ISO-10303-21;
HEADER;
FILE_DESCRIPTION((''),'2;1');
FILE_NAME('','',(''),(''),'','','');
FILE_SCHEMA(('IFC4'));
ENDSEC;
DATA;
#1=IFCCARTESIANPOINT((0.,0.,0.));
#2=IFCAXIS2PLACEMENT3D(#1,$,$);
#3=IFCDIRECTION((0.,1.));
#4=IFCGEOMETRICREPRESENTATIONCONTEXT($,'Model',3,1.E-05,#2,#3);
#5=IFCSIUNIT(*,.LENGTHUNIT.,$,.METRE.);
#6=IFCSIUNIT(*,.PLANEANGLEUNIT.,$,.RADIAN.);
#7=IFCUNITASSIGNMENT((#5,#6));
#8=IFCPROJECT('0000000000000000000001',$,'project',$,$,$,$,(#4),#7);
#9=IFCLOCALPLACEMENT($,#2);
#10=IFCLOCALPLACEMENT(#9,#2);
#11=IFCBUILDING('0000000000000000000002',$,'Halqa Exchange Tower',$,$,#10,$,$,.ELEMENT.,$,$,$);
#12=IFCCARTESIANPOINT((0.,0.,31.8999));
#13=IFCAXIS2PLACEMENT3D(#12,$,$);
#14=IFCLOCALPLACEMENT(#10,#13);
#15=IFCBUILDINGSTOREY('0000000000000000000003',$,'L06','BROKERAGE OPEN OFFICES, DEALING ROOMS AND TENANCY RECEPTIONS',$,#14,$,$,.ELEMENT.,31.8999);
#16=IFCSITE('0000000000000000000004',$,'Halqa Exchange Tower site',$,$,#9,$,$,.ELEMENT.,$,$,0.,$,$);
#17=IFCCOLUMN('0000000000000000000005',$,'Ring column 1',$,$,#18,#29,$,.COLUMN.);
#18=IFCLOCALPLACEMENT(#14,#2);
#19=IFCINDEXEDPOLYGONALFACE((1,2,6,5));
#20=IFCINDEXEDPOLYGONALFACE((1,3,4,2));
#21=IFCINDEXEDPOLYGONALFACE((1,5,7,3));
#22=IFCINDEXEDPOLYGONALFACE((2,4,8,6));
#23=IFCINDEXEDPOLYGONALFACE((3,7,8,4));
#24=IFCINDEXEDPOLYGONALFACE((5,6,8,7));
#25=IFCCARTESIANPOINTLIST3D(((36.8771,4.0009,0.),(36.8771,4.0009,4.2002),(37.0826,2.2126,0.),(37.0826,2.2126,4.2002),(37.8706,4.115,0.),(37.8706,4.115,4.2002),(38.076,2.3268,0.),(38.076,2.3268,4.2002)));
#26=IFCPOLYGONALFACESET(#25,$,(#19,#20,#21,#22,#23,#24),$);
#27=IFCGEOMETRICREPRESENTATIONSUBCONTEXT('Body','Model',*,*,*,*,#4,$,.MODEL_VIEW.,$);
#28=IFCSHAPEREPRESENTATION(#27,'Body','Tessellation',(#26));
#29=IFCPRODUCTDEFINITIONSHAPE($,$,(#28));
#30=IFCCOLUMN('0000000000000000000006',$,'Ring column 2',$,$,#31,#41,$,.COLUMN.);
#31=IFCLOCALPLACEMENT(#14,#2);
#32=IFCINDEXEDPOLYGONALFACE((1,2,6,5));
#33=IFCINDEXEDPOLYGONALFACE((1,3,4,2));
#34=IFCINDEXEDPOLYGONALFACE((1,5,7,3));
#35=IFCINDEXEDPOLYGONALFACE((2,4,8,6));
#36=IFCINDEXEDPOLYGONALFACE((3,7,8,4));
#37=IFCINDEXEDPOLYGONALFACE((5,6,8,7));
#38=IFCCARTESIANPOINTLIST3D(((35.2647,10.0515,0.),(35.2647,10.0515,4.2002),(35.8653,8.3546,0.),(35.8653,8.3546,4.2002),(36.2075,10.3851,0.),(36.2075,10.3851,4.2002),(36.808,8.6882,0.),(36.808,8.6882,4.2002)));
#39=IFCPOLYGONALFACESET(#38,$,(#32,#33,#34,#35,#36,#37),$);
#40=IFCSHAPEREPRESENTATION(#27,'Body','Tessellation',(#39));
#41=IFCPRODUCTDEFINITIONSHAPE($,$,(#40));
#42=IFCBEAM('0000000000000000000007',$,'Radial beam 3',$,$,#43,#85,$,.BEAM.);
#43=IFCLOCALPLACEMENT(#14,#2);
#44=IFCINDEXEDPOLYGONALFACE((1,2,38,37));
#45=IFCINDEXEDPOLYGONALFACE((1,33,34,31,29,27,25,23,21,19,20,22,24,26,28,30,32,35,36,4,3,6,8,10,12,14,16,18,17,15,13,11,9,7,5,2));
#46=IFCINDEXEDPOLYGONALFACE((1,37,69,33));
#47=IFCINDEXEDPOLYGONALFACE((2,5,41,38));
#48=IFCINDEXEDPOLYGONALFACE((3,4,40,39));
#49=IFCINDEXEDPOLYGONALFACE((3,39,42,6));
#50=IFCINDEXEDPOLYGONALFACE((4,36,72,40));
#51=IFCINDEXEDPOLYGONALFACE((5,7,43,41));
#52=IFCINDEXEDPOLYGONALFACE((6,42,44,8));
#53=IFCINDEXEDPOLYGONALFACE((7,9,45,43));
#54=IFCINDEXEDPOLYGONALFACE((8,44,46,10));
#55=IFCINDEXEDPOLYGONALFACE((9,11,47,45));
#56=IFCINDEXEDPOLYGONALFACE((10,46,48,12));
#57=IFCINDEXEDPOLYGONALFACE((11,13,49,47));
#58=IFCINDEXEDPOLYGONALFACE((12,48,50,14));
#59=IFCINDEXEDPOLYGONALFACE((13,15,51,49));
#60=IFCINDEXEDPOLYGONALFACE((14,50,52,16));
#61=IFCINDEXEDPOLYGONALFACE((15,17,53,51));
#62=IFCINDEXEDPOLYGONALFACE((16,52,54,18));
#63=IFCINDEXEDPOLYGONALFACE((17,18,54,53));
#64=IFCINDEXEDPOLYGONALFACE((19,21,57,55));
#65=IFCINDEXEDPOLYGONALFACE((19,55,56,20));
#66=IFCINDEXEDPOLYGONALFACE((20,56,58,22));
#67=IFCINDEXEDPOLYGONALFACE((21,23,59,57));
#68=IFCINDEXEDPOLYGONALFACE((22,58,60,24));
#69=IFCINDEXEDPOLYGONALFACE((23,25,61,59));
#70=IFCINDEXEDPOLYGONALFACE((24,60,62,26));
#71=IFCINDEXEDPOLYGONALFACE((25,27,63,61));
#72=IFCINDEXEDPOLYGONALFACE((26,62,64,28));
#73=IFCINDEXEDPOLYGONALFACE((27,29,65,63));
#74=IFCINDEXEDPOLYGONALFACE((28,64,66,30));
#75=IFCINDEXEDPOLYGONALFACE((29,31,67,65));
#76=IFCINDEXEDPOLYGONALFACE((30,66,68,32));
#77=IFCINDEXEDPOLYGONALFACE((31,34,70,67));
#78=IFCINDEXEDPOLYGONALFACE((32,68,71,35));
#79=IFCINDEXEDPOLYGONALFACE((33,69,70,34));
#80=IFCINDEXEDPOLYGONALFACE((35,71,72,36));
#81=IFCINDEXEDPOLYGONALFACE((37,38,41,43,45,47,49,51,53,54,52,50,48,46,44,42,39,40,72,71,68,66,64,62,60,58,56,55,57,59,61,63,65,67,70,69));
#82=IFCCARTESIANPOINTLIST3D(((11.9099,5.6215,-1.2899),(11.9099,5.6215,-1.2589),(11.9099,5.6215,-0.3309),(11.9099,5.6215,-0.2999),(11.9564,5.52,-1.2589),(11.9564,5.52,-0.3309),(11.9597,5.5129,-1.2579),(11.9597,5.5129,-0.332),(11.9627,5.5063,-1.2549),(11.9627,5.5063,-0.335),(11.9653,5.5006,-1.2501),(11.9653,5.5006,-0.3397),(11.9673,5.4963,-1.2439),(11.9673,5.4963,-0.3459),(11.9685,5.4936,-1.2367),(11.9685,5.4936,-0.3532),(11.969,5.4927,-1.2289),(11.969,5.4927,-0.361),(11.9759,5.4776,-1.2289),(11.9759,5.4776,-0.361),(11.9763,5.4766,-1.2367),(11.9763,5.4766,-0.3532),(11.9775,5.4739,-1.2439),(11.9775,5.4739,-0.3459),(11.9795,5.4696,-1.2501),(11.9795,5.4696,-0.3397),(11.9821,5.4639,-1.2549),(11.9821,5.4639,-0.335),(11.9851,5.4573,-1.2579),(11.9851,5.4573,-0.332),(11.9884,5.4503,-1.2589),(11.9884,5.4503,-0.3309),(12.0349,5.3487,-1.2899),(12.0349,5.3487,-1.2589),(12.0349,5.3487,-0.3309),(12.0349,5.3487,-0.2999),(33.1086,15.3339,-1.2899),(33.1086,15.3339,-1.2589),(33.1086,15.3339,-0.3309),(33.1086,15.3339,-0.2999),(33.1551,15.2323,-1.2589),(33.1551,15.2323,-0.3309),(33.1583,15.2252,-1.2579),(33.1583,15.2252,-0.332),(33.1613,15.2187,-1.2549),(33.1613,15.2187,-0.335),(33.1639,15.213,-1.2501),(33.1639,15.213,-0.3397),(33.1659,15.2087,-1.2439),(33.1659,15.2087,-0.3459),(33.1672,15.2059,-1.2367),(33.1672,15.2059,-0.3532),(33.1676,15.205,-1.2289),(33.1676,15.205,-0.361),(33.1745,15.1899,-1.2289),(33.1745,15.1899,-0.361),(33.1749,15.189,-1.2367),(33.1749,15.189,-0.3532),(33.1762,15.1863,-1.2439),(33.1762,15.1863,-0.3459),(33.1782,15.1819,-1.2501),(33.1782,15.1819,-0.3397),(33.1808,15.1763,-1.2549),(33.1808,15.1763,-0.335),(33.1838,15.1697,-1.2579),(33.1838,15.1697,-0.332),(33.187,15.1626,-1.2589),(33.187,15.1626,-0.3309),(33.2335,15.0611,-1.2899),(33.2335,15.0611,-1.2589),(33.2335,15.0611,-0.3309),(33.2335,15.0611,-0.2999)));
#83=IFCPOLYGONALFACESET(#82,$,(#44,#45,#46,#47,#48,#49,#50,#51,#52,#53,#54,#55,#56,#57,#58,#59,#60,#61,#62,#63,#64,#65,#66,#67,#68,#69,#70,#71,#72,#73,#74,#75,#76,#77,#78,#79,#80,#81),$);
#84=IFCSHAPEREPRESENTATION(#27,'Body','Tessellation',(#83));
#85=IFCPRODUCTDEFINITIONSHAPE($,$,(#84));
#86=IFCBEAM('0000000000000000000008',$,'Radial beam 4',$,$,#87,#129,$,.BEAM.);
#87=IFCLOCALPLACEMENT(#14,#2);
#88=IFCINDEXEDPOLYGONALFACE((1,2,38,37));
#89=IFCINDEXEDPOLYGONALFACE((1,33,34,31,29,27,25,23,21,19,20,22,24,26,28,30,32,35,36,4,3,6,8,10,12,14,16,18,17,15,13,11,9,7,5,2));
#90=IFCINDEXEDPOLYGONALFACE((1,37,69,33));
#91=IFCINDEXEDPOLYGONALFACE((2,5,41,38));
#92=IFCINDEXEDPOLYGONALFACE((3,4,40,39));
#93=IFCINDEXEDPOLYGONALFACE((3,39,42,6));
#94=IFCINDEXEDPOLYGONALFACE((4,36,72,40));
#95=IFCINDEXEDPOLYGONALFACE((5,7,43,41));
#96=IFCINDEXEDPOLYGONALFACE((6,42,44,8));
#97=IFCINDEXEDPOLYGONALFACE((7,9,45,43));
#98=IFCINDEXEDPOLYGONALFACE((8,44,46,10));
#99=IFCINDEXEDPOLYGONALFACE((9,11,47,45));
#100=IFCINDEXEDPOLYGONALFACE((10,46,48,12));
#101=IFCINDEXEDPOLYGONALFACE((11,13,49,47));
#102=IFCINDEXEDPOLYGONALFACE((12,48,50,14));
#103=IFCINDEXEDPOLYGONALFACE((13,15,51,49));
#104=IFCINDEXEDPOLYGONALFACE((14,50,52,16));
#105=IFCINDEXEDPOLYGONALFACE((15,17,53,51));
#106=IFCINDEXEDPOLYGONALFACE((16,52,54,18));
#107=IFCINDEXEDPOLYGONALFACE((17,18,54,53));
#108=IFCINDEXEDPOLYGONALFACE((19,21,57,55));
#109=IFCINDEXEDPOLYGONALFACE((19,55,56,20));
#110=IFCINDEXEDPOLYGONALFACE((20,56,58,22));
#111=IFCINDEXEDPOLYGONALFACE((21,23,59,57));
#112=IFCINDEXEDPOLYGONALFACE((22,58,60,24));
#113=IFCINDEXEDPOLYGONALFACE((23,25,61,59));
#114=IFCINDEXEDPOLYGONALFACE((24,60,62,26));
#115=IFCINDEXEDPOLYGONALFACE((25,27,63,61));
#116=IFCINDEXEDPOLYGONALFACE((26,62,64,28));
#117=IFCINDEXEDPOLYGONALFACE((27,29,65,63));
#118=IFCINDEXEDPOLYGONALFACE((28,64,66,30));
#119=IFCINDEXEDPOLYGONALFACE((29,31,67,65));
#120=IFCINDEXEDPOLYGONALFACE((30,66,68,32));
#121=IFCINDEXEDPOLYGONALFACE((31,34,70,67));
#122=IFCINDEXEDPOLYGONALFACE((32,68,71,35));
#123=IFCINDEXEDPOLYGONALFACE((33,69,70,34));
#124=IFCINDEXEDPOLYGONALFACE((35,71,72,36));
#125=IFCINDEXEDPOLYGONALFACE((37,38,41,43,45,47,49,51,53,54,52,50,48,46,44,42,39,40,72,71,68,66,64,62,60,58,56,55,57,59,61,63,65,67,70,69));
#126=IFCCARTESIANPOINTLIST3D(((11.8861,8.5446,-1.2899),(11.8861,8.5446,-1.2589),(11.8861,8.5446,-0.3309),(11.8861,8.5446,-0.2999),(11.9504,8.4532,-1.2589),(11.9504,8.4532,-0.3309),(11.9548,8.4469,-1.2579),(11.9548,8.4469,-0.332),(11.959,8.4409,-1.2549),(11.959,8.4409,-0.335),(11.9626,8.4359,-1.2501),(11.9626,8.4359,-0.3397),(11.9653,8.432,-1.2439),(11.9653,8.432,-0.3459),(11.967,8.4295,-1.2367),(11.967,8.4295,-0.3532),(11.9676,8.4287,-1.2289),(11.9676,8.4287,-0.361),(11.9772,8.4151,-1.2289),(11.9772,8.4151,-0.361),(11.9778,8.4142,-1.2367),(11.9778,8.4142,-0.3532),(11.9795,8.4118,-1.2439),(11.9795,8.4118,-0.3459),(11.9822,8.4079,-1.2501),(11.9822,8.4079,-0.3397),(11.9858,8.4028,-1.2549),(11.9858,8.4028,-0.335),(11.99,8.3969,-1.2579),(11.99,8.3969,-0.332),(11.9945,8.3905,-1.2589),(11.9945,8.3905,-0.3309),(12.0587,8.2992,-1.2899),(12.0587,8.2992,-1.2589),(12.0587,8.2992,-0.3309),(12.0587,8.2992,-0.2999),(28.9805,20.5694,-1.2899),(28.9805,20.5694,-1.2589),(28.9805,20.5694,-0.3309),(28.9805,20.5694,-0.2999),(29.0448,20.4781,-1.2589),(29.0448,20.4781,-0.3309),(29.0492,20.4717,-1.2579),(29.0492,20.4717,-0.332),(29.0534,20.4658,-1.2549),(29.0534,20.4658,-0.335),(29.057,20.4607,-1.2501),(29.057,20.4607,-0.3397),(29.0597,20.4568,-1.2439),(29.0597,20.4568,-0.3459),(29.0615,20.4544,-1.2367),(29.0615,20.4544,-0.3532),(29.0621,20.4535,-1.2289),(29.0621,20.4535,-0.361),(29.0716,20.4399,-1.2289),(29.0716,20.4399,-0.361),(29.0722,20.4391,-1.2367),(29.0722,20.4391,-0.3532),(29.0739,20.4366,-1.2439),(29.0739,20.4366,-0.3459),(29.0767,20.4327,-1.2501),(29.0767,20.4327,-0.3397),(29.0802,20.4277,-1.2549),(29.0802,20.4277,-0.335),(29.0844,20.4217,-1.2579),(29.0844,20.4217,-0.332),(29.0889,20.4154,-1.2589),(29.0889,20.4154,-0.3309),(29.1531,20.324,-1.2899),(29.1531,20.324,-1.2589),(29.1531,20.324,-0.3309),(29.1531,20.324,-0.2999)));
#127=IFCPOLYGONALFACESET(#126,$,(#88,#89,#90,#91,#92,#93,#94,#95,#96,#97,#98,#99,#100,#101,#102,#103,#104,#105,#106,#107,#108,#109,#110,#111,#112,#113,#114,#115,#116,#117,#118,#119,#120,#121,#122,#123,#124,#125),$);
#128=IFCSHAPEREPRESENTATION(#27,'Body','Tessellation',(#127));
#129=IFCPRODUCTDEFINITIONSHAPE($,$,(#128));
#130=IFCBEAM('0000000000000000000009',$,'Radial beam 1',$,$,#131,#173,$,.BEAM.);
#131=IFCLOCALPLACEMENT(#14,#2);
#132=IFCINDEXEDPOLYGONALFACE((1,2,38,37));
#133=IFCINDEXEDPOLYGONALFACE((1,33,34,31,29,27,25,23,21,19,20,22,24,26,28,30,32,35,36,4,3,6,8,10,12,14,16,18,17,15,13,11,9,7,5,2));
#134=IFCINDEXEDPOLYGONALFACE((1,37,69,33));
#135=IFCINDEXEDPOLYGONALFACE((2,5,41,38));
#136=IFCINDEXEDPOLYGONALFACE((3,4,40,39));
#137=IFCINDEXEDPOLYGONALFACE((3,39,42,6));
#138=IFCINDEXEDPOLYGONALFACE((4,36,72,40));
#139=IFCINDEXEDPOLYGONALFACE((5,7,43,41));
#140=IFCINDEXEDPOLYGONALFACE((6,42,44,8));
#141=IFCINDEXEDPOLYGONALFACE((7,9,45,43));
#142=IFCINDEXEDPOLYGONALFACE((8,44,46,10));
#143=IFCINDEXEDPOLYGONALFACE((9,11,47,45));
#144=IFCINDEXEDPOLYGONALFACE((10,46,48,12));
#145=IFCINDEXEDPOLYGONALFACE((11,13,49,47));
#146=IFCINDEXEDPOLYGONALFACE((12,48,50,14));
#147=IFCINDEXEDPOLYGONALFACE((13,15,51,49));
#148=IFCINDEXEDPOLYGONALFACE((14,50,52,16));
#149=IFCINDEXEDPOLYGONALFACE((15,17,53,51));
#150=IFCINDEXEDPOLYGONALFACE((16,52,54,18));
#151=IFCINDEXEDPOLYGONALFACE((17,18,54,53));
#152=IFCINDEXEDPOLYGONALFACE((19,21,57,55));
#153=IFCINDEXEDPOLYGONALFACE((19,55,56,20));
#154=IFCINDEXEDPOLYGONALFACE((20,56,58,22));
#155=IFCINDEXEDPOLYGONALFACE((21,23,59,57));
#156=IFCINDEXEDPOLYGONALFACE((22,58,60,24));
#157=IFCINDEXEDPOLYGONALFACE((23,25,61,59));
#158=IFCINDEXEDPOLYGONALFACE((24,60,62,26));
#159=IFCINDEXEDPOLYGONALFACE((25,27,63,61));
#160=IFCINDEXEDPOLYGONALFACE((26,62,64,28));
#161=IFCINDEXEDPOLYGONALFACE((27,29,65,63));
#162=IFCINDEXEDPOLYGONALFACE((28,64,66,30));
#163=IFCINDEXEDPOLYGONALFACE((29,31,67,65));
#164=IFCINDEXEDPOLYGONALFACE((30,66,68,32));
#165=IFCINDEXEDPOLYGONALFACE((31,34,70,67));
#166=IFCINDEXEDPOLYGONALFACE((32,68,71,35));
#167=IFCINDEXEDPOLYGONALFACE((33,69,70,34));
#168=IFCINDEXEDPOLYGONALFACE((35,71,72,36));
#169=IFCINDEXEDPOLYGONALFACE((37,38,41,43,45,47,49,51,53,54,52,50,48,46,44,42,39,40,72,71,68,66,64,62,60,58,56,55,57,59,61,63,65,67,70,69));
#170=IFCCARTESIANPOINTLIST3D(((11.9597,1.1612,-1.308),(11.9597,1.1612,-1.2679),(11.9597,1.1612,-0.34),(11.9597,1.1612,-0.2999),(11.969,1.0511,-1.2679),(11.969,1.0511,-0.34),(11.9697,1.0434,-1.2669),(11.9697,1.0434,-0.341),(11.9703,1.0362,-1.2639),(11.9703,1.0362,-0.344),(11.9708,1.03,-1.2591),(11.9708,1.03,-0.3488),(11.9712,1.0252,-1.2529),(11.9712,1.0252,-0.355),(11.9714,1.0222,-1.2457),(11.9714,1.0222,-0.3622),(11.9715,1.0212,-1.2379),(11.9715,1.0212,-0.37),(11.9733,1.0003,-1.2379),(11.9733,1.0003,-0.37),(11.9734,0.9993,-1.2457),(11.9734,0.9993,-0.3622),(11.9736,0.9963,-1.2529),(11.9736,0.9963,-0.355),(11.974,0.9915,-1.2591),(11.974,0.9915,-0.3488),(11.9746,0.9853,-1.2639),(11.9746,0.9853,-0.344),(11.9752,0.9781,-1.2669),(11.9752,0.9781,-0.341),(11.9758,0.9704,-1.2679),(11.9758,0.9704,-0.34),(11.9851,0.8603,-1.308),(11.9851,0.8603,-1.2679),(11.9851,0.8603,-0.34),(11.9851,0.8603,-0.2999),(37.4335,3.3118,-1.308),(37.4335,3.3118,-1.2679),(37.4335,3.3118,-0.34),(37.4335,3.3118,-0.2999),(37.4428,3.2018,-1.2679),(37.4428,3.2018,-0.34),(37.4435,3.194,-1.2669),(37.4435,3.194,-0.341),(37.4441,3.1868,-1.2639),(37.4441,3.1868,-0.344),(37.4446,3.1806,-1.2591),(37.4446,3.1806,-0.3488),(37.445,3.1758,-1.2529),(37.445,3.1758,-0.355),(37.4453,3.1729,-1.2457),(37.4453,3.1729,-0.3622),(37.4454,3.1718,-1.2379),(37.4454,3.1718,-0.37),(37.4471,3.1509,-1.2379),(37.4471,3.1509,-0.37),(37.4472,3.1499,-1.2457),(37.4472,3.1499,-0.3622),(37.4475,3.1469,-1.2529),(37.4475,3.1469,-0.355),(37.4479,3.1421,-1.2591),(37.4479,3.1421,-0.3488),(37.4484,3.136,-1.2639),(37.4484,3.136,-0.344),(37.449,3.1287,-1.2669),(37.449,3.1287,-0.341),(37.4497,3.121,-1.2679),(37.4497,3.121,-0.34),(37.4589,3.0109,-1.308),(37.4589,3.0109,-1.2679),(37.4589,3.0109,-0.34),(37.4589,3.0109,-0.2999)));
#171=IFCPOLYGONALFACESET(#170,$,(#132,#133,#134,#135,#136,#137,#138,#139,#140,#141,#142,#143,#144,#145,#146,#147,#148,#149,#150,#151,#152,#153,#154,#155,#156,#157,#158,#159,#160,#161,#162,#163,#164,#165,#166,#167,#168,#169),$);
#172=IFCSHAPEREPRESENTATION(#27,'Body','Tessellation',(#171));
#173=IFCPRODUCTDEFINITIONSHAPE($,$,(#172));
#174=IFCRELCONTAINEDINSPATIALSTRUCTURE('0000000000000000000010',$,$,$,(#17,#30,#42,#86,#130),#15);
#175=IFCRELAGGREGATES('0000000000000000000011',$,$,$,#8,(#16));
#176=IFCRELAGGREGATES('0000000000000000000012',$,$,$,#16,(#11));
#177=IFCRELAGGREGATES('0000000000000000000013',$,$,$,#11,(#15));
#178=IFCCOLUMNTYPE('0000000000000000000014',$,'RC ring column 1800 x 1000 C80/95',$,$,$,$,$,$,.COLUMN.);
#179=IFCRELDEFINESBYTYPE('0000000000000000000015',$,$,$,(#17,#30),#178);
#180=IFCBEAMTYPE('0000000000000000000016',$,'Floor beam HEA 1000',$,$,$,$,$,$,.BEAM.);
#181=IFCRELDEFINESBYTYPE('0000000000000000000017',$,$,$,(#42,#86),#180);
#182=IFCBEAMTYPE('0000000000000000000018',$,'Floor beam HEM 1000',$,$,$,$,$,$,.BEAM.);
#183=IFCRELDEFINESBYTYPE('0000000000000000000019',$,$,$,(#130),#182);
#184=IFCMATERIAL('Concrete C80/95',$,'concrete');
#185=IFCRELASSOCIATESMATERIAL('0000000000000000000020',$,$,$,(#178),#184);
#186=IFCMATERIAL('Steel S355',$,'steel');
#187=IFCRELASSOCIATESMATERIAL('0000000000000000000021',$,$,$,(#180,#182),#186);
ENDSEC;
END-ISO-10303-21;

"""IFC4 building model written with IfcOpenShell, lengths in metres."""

from ifc_helpers import new_model, si_unit, direction, frame, origin, origin_2d, place, context, subcontext, project, spatial, rectangle, i_section, extrude, material, material_profile, profile_set, type_object, element, save


model = new_model("IFC4")

# Units and contexts
model_context = context("Model", 3, precision=1e-05, world=origin(), true_north=direction((0.0, 1.0)))
body_context = subcontext(model_context, "Body", "Model", "MODEL_VIEW")
ifc_project = project(units=[si_unit("LENGTHUNIT", "METRE"), si_unit("PLANEANGLEUNIT", "RADIAN")], contexts=[model_context])

# Site, building, storey
site_placement = place(None, origin())
site = spatial("IfcSite", under=ifc_project, at=site_placement, Name="Halqa Exchange Tower site", CompositionType="ELEMENT", RefElevation=0.0)
building_placement = place(site_placement, origin())
building = spatial("IfcBuilding", under=site, at=building_placement, Name="Halqa Exchange Tower", CompositionType="ELEMENT")
storey_placement = place(building_placement, frame((0.0, 0.0, 31.8999)))
storey = spatial("IfcBuildingStorey", under=building, at=storey_placement, Name="L06", Description="BROKERAGE OPEN OFFICES, DEALING ROOMS AND TENANCY RECEPTIONS", CompositionType="ELEMENT", Elevation=31.8999)

# Columns
ifc_material_1 = material(Name="Concrete C80/95", Category="concrete")
ifc_material_profile_1 = material_profile(ifc_material_1, rectangle(XDim=1.8, YDim=1.0, at=origin_2d()), Name="1800 x 1000")
ifc_profile_set_1 = profile_set([ifc_material_profile_1], Name="Concrete C80/95")
column_type = type_object("IfcColumnType", Name="RC ring column 1800 x 1000 C80/95", PredefinedType="COLUMN", material=ifc_profile_set_1)
for number, where, z_axis, x_axis, name in (
    (1, (37.4766, 3.1638, 0.0), (0.0, 0.0, 1.0), (-0.114155, 0.993463, 0.0), "Ring column 1"),
    (2, (36.0364, 9.3699, 0.0), (0.0, 0.0, 1.0), (-0.333631, 0.942704, 0.0), "Ring column 2"),
):
    element("IfcColumn", number, at=place(storey_placement, frame(where, z_axis=z_axis, x_axis=x_axis)), inside=storey, type_object=column_type, Name=name, PredefinedType="COLUMN", context=body_context, shape_type="SweptSolid", body=[
        extrude(rectangle(XDim=1.8, YDim=1.0, at=origin_2d()), origin(), (0.0, 0.0, 1.0), 4.2002),
    ])

# Beams
ifc_material_2 = material(Name="Steel S355", Category="steel")
ifc_material_profile_2 = material_profile(ifc_material_2, i_section(OverallWidth=0.3, OverallDepth=0.99, WebThickness=0.0166, FlangeThickness=0.031, FilletRadius=0.03, at=origin_2d()), Name="HEA 1000")
ifc_profile_set_2 = profile_set([ifc_material_profile_2], Name="Steel S355")
beam_type_1 = type_object("IfcBeamType", Name="Floor beam HEA 1000", PredefinedType="BEAM", material=ifc_profile_set_2)
beam_1_placement = place(storey_placement, frame((11.9724, 5.4851, -0.7949), z_axis=(0.909125, 0.416524, 0.0), x_axis=(-0.416524, 0.909125, 0.0)))
element("IfcBeam", 3, at=beam_1_placement, inside=storey, type_object=beam_type_1, Name="Radial beam 3", PredefinedType="BEAM", context=body_context, shape_type="SweptSolid", body=[
    extrude(i_section(OverallWidth=0.3, OverallDepth=0.99, WebThickness=0.0166, FlangeThickness=0.031, FilletRadius=0.03, at=origin_2d()), origin(), (0.0, 0.0, 1.0), 23.3176),
])
beam_2_placement = place(storey_placement, frame((11.9724, 8.4219, -0.7949), z_axis=(0.817909, 0.575348, 0.0), x_axis=(-0.575348, 0.817909, 0.0)))
element("IfcBeam", 4, at=beam_2_placement, inside=storey, type_object=beam_type_1, Name="Radial beam 4", PredefinedType="BEAM", context=body_context, shape_type="SweptSolid", body=[
    extrude(i_section(OverallWidth=0.3, OverallDepth=0.99, WebThickness=0.0166, FlangeThickness=0.031, FilletRadius=0.03, at=origin_2d()), origin(), (0.0, 0.0, 1.0), 20.9001),
])
ifc_material_profile_3 = material_profile(ifc_material_2, i_section(OverallWidth=0.302, OverallDepth=1.0081, WebThickness=0.021, FlangeThickness=0.04, FilletRadius=0.03, at=origin_2d()), Name="HEM 1000")
ifc_profile_set_3 = profile_set([ifc_material_profile_3], Name="Steel S355")
beam_type_2 = type_object("IfcBeamType", Name="Floor beam HEM 1000", PredefinedType="BEAM", material=ifc_profile_set_3)
beam_3_placement = place(storey_placement, frame((11.9724, 1.0107, -0.804), z_axis=(0.996455, 0.084126, 0.0), x_axis=(-0.084126, 0.996455, 0.0)))
element("IfcBeam", 5, at=beam_3_placement, inside=storey, type_object=beam_type_2, Name="Radial beam 1", PredefinedType="BEAM", context=body_context, shape_type="SweptSolid", body=[
    extrude(i_section(OverallWidth=0.302, OverallDepth=1.0081, WebThickness=0.021, FlangeThickness=0.04, FilletRadius=0.03, at=origin_2d()), origin(), (0.0, 0.0, 1.0), 25.5645),
])

save(model, "model.ifc")
